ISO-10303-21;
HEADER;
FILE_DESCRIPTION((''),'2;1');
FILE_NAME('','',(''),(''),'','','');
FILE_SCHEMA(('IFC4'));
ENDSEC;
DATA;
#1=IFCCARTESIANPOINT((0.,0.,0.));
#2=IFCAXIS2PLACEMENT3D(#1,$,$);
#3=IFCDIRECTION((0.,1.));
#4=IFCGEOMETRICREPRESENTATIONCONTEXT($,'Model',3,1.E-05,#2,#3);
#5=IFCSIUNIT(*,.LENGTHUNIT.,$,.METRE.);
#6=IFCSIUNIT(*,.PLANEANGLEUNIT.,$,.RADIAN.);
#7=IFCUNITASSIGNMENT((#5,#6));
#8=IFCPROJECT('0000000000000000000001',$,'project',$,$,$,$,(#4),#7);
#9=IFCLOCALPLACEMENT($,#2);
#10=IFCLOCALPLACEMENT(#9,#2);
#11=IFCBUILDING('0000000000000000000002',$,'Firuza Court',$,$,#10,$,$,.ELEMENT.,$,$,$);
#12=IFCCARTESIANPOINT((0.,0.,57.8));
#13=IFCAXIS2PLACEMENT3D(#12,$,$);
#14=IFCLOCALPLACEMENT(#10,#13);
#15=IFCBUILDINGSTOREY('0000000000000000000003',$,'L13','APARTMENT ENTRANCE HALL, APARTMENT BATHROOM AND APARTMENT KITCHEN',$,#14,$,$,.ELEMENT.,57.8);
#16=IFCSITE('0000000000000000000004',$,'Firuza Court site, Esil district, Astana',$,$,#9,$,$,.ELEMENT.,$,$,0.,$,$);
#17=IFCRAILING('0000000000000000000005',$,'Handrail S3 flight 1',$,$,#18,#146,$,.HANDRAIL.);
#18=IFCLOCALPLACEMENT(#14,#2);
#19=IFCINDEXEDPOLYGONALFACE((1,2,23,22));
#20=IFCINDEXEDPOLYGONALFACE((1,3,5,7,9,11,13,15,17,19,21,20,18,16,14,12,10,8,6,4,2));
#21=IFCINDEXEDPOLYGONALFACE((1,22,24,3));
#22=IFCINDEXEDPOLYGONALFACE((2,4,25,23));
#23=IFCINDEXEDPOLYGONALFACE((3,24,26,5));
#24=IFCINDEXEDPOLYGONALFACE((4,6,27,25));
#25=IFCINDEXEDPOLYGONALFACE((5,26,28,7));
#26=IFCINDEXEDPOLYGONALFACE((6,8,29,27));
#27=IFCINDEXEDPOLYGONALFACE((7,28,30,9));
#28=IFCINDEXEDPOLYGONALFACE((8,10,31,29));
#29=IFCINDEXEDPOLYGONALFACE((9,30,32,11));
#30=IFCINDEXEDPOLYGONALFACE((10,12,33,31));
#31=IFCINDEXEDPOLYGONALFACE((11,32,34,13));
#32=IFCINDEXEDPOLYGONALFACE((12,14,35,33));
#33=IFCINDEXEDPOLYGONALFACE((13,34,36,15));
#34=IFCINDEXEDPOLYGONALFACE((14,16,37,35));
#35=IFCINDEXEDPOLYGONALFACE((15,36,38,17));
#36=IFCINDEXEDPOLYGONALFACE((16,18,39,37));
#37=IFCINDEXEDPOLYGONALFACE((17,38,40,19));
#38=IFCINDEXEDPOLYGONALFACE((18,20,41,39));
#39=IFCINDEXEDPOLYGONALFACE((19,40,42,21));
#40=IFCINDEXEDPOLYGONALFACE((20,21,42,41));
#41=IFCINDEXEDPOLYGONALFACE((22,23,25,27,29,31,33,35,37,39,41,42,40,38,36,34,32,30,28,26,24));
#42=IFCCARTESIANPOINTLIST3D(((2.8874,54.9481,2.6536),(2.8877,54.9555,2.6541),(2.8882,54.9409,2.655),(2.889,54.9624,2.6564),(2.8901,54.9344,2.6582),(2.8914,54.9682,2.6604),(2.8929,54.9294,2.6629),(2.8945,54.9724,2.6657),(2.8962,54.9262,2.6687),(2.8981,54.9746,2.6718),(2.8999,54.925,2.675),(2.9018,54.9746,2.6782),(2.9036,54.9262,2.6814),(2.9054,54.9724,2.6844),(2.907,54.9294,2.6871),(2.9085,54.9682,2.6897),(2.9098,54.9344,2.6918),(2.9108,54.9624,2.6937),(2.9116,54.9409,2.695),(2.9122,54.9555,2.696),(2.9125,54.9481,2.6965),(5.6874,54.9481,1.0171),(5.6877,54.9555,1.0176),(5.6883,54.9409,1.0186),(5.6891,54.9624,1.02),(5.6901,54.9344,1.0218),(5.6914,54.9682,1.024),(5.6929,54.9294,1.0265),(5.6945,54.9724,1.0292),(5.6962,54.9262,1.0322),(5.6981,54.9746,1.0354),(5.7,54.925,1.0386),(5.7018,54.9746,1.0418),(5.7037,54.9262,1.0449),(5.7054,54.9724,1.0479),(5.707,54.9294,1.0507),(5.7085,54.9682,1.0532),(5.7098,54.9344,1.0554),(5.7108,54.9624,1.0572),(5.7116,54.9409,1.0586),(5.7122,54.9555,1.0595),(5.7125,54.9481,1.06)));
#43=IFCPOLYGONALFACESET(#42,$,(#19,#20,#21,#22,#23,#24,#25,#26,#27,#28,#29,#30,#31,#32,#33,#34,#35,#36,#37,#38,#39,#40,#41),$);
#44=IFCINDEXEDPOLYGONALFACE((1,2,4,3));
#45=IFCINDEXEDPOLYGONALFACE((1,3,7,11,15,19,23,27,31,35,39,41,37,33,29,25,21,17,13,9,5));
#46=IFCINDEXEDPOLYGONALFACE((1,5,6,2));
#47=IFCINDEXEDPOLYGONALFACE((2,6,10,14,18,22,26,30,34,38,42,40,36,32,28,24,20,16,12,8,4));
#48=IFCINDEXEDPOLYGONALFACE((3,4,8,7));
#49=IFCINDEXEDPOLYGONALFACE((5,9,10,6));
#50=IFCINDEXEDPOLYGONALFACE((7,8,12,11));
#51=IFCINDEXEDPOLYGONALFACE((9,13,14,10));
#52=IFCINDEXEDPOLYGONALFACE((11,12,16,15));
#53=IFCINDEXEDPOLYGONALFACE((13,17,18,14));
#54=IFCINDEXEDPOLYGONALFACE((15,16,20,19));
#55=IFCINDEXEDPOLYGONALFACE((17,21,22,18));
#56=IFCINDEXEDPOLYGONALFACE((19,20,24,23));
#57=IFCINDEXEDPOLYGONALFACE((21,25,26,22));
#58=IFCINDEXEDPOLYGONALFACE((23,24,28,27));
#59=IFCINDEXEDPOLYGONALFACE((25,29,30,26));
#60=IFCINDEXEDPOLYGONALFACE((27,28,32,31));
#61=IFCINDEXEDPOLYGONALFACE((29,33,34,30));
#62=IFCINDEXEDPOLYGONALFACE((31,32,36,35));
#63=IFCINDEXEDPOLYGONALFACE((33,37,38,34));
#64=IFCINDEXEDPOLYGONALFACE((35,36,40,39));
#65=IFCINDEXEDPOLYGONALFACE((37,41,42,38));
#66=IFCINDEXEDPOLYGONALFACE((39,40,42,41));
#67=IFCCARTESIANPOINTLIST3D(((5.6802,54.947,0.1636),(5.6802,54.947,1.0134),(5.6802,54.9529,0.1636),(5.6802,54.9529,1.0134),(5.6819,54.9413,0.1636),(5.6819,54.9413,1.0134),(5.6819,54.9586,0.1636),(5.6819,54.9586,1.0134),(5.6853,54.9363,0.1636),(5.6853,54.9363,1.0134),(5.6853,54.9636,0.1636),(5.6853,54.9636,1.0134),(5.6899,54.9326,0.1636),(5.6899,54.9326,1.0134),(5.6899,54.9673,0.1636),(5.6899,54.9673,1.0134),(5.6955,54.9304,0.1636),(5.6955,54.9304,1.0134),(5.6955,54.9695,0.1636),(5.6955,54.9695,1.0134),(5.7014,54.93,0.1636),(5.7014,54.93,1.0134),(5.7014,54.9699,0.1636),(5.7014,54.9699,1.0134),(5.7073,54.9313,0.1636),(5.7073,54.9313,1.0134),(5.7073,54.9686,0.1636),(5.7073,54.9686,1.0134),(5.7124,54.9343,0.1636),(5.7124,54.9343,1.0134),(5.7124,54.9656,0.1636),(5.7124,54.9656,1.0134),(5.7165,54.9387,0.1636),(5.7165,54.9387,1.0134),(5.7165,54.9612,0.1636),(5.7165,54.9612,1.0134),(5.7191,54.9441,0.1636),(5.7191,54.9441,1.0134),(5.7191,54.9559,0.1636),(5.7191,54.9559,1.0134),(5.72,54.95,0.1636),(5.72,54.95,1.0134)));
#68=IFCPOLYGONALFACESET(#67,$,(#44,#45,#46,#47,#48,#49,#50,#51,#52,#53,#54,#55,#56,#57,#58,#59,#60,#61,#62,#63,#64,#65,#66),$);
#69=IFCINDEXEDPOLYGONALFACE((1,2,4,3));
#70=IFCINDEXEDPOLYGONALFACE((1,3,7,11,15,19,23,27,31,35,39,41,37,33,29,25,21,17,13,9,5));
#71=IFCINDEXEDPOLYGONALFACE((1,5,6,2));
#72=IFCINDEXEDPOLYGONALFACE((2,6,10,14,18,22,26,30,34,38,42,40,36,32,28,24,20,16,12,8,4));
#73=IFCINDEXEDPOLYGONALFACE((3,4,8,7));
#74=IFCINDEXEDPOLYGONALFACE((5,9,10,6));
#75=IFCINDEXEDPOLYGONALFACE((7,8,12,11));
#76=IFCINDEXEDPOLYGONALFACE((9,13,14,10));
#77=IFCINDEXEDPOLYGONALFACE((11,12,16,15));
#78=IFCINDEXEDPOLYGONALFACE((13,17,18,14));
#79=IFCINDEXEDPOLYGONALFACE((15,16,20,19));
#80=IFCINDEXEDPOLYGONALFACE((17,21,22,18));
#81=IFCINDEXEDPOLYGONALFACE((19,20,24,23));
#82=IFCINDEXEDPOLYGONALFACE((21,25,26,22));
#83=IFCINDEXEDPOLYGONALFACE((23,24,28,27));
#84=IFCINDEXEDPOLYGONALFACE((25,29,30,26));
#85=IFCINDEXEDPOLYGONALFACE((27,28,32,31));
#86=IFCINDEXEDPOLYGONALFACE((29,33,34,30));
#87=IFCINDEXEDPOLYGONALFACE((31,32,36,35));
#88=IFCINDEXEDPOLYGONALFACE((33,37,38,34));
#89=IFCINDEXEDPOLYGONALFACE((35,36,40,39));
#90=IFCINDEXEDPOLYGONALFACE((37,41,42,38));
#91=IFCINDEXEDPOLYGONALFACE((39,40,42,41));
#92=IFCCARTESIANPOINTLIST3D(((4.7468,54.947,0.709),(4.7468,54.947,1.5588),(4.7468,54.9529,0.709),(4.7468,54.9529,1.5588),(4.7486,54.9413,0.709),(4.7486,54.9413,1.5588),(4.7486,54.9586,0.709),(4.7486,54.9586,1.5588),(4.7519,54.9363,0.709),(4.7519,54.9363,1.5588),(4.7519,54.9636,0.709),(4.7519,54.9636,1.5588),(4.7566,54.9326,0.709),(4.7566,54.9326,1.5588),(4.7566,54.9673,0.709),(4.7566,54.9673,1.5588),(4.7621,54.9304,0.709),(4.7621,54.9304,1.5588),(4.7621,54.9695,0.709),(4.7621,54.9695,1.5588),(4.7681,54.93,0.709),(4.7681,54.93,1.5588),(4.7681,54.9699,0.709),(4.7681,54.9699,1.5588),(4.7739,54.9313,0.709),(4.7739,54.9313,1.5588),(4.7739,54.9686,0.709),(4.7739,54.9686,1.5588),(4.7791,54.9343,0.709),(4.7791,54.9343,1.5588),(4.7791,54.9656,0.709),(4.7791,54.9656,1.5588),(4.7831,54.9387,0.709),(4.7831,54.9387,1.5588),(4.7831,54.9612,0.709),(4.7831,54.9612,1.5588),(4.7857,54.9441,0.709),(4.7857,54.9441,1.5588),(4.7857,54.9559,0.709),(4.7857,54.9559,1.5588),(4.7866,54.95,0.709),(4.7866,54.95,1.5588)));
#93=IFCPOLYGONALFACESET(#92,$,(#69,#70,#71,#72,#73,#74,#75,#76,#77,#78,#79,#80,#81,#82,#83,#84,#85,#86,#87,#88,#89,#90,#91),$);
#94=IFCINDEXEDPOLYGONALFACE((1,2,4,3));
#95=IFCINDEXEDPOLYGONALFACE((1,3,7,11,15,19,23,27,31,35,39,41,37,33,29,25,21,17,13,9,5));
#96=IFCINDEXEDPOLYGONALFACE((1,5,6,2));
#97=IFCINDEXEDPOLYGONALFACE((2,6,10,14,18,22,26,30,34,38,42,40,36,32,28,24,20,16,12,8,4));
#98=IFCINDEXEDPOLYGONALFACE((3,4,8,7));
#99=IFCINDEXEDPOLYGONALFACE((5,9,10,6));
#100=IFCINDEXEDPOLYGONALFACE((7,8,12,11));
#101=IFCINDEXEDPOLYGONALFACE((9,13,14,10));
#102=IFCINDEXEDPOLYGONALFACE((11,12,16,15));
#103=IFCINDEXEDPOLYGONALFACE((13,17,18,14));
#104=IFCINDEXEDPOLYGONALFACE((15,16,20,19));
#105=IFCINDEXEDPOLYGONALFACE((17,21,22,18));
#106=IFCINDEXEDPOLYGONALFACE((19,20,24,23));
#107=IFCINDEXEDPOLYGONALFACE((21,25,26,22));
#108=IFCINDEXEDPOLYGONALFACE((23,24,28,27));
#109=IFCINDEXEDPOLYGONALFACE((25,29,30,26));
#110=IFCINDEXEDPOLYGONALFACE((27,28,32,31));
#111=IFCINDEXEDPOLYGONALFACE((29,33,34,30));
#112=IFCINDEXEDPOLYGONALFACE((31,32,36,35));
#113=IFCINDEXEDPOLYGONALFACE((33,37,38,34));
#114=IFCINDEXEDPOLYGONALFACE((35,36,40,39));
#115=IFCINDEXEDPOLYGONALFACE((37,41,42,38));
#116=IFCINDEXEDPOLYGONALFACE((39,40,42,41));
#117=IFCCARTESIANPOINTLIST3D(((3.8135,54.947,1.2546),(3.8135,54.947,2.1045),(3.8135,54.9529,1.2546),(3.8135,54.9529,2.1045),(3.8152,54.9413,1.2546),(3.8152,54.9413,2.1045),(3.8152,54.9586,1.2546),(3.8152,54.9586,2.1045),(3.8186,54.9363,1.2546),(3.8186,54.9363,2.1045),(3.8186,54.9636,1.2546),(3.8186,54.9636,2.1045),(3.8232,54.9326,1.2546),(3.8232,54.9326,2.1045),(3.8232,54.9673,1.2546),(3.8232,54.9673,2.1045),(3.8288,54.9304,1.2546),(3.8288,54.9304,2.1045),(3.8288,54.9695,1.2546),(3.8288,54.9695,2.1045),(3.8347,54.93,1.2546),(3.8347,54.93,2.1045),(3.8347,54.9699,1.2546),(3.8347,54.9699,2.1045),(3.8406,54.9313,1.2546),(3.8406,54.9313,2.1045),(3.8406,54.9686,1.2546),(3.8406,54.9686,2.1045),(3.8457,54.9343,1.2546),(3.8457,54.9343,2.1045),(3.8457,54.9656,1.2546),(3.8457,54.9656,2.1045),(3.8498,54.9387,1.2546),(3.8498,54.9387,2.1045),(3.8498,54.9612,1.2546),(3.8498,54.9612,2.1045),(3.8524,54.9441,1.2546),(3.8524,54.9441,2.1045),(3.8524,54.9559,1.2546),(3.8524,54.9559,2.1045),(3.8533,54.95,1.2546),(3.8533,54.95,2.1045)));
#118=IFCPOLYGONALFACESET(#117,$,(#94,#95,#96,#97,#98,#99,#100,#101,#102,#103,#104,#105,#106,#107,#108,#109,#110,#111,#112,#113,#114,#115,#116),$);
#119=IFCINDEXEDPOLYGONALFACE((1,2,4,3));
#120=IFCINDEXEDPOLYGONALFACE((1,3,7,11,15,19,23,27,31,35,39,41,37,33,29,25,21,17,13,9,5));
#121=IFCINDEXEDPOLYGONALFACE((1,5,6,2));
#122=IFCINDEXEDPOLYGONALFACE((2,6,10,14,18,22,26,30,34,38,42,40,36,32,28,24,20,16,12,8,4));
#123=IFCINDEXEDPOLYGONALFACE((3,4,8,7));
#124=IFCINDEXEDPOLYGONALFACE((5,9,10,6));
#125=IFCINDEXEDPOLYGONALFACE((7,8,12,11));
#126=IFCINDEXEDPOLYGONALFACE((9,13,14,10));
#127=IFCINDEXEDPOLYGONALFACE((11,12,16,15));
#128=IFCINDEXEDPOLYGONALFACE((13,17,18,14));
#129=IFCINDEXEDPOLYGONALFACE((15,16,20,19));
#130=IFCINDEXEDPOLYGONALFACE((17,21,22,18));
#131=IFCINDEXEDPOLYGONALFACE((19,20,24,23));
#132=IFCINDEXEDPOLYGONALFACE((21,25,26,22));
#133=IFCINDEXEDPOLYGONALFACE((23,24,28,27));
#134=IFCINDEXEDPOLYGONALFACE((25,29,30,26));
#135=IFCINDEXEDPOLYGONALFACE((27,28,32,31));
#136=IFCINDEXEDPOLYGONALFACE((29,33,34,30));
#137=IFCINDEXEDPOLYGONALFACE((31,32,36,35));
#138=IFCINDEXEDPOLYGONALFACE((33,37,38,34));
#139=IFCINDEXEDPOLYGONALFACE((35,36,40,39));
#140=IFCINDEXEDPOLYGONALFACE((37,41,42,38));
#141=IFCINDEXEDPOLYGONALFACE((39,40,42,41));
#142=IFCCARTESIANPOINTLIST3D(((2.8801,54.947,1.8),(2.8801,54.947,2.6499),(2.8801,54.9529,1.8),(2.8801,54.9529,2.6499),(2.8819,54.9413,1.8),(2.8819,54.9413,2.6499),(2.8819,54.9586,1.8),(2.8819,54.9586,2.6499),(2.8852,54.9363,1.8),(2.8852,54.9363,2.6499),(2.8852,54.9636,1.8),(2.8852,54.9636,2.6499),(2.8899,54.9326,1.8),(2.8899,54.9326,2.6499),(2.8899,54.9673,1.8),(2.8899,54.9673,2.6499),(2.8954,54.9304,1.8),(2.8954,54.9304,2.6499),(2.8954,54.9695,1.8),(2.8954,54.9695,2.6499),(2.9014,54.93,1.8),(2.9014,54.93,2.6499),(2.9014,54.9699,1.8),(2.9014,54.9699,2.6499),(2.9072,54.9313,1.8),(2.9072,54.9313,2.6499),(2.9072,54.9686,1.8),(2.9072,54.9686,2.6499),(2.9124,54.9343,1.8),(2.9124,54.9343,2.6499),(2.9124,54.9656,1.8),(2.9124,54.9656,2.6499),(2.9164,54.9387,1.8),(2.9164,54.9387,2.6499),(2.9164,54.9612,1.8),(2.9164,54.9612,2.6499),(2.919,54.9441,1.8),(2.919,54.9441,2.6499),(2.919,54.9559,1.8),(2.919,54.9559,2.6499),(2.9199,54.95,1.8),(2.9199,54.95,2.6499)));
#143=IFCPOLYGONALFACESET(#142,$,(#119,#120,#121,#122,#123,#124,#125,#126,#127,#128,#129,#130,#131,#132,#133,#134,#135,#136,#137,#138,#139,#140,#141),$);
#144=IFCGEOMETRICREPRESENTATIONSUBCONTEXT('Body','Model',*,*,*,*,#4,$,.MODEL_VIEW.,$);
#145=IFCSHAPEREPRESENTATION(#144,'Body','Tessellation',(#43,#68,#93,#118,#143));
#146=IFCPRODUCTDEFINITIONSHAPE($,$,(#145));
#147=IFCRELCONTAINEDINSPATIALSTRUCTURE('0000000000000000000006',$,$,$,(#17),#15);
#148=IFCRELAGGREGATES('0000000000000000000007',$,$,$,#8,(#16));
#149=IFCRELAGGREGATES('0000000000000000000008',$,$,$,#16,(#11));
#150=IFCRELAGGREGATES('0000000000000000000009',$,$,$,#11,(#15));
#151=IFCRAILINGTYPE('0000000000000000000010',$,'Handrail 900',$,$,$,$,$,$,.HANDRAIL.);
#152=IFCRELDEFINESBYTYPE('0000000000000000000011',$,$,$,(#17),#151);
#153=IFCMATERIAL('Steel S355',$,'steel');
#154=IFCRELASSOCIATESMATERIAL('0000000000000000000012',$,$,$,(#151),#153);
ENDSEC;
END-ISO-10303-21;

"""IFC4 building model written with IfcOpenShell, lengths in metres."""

from ifc_helpers import new_model, si_unit, direction, frame, origin, origin_2d, place, context, subcontext, project, spatial, circle, extrude, material, type_object, element, save


model = new_model("IFC4")

# Units and contexts
model_context = context("Model", 3, precision=1e-05, world=origin(), true_north=direction((0.0, 1.0)))
body_context = subcontext(model_context, "Body", "Model", "MODEL_VIEW")
ifc_project = project(units=[si_unit("LENGTHUNIT", "METRE"), si_unit("PLANEANGLEUNIT", "RADIAN")], contexts=[model_context])

# Site, building, storey
site_placement = place(None, origin())
site = spatial("IfcSite", under=ifc_project, at=site_placement, Name="Firuza Court site, Esil district, Astana", CompositionType="ELEMENT", RefElevation=0.0)
building_placement = place(site_placement, origin())
building = spatial("IfcBuilding", under=site, at=building_placement, Name="Firuza Court", CompositionType="ELEMENT")
storey_placement = place(building_placement, frame((0.0, 0.0, 57.8)))
storey = spatial("IfcBuildingStorey", under=building, at=storey_placement, Name="L13", Description="APARTMENT ENTRANCE HALL, APARTMENT BATHROOM AND APARTMENT KITCHEN", CompositionType="ELEMENT", Elevation=57.8)

# Railing
ifc_material_1 = material(Name="Steel S355", Category="steel")
railing_type_1 = type_object("IfcRailingType", Name="Handrail 900", PredefinedType="HANDRAIL", material=ifc_material_1)
railing_1_placement = place(storey_placement, frame((5.7, 54.95, 0.1636)))
element("IfcRailing", 1, at=railing_1_placement, inside=storey, type_object=railing_type_1, Name="Handrail S3 flight 1", PredefinedType="HANDRAIL", context=body_context, shape_type="SweptSolid", body=[
    extrude(circle(Radius=0.0249, at=origin_2d()), frame((0.0, 0.0, 0.875), z_axis=(-0.863361, 0.0, 0.504587), x_axis=(0.0, -1.0, 0.0)), (0.0, 0.0, 1.0), 3.2432),
    extrude(circle(Radius=0.02, at=origin_2d()), origin(), (0.0, 0.0, 1.0), 0.8499),
    extrude(circle(Radius=0.02, at=origin_2d()), frame((-0.9333, 0.0, 0.5454)), (0.0, 0.0, 1.0), 0.8499),
    extrude(circle(Radius=0.02, at=origin_2d()), frame((-1.8667, 0.0, 1.0911)), (0.0, 0.0, 1.0), 0.8499),
    extrude(circle(Radius=0.02, at=origin_2d()), frame((-2.8, 0.0, 1.6365)), (0.0, 0.0, 1.0), 0.8499),
])

save(model, "model.ifc")
